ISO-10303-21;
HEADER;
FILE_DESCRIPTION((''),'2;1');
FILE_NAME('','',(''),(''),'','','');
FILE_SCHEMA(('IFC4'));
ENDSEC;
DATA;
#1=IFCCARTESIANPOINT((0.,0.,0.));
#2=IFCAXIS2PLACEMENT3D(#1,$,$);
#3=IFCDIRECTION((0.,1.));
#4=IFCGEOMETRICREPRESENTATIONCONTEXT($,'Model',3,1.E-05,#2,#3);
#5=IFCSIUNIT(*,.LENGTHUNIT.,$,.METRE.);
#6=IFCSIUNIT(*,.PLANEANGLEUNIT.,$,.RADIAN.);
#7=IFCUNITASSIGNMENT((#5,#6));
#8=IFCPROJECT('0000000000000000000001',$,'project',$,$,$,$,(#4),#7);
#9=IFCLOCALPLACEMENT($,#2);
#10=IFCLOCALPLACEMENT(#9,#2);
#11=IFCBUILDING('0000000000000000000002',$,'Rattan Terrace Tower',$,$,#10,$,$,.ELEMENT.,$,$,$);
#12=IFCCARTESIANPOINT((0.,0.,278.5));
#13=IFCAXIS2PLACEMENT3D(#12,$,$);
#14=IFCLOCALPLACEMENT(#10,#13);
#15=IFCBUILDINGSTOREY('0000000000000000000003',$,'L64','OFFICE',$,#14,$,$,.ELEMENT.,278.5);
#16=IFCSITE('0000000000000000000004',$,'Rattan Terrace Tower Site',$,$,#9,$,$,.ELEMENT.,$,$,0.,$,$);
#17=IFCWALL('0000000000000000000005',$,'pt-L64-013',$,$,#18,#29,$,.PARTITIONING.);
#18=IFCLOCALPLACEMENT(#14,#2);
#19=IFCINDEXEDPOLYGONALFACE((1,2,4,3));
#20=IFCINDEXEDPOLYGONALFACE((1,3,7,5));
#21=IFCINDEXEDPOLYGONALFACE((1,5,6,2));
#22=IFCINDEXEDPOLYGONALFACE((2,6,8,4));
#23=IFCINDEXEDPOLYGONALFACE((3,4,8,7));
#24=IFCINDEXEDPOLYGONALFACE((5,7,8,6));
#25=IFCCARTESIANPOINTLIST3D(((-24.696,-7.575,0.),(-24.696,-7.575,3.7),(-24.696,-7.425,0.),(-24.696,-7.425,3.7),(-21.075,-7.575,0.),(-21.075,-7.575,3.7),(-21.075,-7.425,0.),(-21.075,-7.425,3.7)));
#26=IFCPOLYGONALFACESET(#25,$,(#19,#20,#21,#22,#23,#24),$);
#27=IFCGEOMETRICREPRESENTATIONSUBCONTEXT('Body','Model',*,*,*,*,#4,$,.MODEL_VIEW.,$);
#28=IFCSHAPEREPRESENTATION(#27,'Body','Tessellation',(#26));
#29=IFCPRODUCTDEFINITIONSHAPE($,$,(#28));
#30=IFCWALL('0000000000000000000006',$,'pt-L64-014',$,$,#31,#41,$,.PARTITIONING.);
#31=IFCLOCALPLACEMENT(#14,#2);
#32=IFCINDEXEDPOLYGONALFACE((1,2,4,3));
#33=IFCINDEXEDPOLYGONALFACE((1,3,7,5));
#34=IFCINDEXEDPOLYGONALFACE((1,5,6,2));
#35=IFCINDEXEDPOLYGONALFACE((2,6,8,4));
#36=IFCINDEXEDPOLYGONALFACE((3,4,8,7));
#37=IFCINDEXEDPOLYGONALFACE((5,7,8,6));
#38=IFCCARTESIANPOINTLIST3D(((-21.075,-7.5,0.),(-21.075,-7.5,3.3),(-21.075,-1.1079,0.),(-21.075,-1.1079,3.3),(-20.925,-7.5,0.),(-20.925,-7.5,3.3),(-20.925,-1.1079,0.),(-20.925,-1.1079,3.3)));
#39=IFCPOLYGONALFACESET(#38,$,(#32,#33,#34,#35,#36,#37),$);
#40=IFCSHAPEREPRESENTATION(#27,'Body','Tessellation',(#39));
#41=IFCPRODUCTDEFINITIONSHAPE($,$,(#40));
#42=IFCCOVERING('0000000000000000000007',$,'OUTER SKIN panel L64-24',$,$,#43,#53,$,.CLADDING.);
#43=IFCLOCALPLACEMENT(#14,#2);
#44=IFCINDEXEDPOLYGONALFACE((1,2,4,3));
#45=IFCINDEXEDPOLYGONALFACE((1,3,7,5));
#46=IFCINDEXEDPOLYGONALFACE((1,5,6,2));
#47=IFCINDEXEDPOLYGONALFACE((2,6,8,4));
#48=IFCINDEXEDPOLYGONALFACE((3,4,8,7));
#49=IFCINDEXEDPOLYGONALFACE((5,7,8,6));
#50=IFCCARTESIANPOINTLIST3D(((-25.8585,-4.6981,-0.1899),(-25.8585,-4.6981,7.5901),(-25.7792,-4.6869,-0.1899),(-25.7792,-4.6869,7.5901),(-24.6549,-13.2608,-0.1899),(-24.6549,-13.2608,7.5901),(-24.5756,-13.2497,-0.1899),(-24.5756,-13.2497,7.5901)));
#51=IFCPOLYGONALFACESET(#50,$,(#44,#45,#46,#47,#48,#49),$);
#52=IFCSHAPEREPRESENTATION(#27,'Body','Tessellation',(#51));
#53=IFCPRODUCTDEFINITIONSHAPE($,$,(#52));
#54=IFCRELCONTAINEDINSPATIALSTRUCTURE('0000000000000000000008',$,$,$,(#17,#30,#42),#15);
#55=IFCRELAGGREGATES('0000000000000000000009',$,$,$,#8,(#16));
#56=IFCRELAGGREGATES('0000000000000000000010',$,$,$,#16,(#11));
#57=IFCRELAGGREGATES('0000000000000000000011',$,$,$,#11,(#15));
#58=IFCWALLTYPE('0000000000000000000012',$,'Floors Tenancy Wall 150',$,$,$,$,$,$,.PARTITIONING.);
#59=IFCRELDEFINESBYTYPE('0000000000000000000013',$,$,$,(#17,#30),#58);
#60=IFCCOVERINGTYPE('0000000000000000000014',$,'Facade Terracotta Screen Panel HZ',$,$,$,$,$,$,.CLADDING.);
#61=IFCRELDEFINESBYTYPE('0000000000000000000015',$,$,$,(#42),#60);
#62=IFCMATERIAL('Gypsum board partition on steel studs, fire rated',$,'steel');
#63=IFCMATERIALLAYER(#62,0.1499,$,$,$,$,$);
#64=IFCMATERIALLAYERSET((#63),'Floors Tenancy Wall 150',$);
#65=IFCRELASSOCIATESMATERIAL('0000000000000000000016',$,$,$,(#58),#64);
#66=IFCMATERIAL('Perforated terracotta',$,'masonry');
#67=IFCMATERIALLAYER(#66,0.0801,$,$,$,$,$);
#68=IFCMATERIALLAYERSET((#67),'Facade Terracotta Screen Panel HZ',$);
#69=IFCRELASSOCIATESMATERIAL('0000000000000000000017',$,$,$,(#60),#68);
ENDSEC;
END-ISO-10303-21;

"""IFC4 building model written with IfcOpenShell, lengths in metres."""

from ifc_helpers import new_model, si_unit, direction, frame, frame_2d, origin, origin_2d, place, context, subcontext, project, spatial, rectangle, extrude, material, layer, layer_set, type_object, element, save


model = new_model("IFC4")

# Units and contexts
model_context = context("Model", 3, precision=1e-05, world=origin(), true_north=direction((0.0, 1.0)))
body_context = subcontext(model_context, "Body", "Model", "MODEL_VIEW")
ifc_project = project(units=[si_unit("LENGTHUNIT", "METRE"), si_unit("PLANEANGLEUNIT", "RADIAN")], contexts=[model_context])

# Site, building, storey
site_placement = place(None, origin())
site = spatial("IfcSite", under=ifc_project, at=site_placement, Name="Rattan Terrace Tower Site", CompositionType="ELEMENT", RefElevation=0.0)
building_placement = place(site_placement, origin())
building = spatial("IfcBuilding", under=site, at=building_placement, Name="Rattan Terrace Tower", CompositionType="ELEMENT")
storey_placement = place(building_placement, frame((0.0, 0.0, 278.5)))
storey = spatial("IfcBuildingStorey", under=building, at=storey_placement, Name="L64", Description="OFFICE", CompositionType="ELEMENT", Elevation=278.5)

# Shared definitions
ifc_material_1 = material(Name="Gypsum board partition on steel studs, fire rated", Category="steel")
ifc_layer_1 = layer(ifc_material_1, 0.1499)
ifc_layer_set_1 = layer_set([ifc_layer_1], Name="Floors Tenancy Wall 150")
wall_type_1 = type_object("IfcWallType", Name="Floors Tenancy Wall 150", PredefinedType="PARTITIONING", material=ifc_layer_set_1)

# Walls
wall_1_placement = place(storey_placement, frame((-24.696, -7.5, 0.0), z_axis=(0.0, 0.0, 1.0), x_axis=(1.0, 0.0, 0.0)))
element("IfcWall", 1, at=wall_1_placement, inside=storey, type_object=wall_type_1, Name="pt-L64-013", PredefinedType="PARTITIONING", context=body_context, shape_type="SweptSolid", body=[
    extrude(rectangle(XDim=3.6211, YDim=0.1499, at=frame_2d((1.8105, 0.0))), origin(), (0.0, 0.0, 1.0), 3.7),
])
wall_2_placement = place(storey_placement, frame((-21.0, -7.5, 0.0), z_axis=(0.0, 0.0, 1.0), x_axis=(0.0, 1.0, 0.0)))
element("IfcWall", 2, at=wall_2_placement, inside=storey, type_object=wall_type_1, Name="pt-L64-014", PredefinedType="PARTITIONING", context=body_context, shape_type="SweptSolid", body=[
    extrude(rectangle(XDim=6.3921, YDim=0.1499, at=frame_2d((3.196, 0.0))), origin(), (0.0, 0.0, 1.0), 3.3),
])

# Covering
ifc_material_2 = material(Name="Perforated terracotta", Category="masonry")
ifc_layer_2 = layer(ifc_material_2, 0.0801)
ifc_layer_set_2 = layer_set([ifc_layer_2], Name="Facade Terracotta Screen Panel HZ")
covering_type = type_object("IfcCoveringType", Name="Facade Terracotta Screen Panel HZ", PredefinedType="CLADDING", material=ifc_layer_set_2)
covering_placement = place(storey_placement, frame((-25.217, -8.9739, -0.1899), z_axis=(0.0, 0.0, 1.0), x_axis=(0.139192, -0.990265, 0.0)))
element("IfcCovering", 3, at=covering_placement, inside=storey, type_object=covering_type, Name="OUTER SKIN panel L64-24", PredefinedType="CLADDING", context=body_context, shape_type="SweptSolid", body=[
    extrude(rectangle(XDim=8.647, YDim=0.0801, at=origin_2d()), origin(), (0.0, 0.0, 1.0), 7.78),
])

save(model, "model.ifc")
